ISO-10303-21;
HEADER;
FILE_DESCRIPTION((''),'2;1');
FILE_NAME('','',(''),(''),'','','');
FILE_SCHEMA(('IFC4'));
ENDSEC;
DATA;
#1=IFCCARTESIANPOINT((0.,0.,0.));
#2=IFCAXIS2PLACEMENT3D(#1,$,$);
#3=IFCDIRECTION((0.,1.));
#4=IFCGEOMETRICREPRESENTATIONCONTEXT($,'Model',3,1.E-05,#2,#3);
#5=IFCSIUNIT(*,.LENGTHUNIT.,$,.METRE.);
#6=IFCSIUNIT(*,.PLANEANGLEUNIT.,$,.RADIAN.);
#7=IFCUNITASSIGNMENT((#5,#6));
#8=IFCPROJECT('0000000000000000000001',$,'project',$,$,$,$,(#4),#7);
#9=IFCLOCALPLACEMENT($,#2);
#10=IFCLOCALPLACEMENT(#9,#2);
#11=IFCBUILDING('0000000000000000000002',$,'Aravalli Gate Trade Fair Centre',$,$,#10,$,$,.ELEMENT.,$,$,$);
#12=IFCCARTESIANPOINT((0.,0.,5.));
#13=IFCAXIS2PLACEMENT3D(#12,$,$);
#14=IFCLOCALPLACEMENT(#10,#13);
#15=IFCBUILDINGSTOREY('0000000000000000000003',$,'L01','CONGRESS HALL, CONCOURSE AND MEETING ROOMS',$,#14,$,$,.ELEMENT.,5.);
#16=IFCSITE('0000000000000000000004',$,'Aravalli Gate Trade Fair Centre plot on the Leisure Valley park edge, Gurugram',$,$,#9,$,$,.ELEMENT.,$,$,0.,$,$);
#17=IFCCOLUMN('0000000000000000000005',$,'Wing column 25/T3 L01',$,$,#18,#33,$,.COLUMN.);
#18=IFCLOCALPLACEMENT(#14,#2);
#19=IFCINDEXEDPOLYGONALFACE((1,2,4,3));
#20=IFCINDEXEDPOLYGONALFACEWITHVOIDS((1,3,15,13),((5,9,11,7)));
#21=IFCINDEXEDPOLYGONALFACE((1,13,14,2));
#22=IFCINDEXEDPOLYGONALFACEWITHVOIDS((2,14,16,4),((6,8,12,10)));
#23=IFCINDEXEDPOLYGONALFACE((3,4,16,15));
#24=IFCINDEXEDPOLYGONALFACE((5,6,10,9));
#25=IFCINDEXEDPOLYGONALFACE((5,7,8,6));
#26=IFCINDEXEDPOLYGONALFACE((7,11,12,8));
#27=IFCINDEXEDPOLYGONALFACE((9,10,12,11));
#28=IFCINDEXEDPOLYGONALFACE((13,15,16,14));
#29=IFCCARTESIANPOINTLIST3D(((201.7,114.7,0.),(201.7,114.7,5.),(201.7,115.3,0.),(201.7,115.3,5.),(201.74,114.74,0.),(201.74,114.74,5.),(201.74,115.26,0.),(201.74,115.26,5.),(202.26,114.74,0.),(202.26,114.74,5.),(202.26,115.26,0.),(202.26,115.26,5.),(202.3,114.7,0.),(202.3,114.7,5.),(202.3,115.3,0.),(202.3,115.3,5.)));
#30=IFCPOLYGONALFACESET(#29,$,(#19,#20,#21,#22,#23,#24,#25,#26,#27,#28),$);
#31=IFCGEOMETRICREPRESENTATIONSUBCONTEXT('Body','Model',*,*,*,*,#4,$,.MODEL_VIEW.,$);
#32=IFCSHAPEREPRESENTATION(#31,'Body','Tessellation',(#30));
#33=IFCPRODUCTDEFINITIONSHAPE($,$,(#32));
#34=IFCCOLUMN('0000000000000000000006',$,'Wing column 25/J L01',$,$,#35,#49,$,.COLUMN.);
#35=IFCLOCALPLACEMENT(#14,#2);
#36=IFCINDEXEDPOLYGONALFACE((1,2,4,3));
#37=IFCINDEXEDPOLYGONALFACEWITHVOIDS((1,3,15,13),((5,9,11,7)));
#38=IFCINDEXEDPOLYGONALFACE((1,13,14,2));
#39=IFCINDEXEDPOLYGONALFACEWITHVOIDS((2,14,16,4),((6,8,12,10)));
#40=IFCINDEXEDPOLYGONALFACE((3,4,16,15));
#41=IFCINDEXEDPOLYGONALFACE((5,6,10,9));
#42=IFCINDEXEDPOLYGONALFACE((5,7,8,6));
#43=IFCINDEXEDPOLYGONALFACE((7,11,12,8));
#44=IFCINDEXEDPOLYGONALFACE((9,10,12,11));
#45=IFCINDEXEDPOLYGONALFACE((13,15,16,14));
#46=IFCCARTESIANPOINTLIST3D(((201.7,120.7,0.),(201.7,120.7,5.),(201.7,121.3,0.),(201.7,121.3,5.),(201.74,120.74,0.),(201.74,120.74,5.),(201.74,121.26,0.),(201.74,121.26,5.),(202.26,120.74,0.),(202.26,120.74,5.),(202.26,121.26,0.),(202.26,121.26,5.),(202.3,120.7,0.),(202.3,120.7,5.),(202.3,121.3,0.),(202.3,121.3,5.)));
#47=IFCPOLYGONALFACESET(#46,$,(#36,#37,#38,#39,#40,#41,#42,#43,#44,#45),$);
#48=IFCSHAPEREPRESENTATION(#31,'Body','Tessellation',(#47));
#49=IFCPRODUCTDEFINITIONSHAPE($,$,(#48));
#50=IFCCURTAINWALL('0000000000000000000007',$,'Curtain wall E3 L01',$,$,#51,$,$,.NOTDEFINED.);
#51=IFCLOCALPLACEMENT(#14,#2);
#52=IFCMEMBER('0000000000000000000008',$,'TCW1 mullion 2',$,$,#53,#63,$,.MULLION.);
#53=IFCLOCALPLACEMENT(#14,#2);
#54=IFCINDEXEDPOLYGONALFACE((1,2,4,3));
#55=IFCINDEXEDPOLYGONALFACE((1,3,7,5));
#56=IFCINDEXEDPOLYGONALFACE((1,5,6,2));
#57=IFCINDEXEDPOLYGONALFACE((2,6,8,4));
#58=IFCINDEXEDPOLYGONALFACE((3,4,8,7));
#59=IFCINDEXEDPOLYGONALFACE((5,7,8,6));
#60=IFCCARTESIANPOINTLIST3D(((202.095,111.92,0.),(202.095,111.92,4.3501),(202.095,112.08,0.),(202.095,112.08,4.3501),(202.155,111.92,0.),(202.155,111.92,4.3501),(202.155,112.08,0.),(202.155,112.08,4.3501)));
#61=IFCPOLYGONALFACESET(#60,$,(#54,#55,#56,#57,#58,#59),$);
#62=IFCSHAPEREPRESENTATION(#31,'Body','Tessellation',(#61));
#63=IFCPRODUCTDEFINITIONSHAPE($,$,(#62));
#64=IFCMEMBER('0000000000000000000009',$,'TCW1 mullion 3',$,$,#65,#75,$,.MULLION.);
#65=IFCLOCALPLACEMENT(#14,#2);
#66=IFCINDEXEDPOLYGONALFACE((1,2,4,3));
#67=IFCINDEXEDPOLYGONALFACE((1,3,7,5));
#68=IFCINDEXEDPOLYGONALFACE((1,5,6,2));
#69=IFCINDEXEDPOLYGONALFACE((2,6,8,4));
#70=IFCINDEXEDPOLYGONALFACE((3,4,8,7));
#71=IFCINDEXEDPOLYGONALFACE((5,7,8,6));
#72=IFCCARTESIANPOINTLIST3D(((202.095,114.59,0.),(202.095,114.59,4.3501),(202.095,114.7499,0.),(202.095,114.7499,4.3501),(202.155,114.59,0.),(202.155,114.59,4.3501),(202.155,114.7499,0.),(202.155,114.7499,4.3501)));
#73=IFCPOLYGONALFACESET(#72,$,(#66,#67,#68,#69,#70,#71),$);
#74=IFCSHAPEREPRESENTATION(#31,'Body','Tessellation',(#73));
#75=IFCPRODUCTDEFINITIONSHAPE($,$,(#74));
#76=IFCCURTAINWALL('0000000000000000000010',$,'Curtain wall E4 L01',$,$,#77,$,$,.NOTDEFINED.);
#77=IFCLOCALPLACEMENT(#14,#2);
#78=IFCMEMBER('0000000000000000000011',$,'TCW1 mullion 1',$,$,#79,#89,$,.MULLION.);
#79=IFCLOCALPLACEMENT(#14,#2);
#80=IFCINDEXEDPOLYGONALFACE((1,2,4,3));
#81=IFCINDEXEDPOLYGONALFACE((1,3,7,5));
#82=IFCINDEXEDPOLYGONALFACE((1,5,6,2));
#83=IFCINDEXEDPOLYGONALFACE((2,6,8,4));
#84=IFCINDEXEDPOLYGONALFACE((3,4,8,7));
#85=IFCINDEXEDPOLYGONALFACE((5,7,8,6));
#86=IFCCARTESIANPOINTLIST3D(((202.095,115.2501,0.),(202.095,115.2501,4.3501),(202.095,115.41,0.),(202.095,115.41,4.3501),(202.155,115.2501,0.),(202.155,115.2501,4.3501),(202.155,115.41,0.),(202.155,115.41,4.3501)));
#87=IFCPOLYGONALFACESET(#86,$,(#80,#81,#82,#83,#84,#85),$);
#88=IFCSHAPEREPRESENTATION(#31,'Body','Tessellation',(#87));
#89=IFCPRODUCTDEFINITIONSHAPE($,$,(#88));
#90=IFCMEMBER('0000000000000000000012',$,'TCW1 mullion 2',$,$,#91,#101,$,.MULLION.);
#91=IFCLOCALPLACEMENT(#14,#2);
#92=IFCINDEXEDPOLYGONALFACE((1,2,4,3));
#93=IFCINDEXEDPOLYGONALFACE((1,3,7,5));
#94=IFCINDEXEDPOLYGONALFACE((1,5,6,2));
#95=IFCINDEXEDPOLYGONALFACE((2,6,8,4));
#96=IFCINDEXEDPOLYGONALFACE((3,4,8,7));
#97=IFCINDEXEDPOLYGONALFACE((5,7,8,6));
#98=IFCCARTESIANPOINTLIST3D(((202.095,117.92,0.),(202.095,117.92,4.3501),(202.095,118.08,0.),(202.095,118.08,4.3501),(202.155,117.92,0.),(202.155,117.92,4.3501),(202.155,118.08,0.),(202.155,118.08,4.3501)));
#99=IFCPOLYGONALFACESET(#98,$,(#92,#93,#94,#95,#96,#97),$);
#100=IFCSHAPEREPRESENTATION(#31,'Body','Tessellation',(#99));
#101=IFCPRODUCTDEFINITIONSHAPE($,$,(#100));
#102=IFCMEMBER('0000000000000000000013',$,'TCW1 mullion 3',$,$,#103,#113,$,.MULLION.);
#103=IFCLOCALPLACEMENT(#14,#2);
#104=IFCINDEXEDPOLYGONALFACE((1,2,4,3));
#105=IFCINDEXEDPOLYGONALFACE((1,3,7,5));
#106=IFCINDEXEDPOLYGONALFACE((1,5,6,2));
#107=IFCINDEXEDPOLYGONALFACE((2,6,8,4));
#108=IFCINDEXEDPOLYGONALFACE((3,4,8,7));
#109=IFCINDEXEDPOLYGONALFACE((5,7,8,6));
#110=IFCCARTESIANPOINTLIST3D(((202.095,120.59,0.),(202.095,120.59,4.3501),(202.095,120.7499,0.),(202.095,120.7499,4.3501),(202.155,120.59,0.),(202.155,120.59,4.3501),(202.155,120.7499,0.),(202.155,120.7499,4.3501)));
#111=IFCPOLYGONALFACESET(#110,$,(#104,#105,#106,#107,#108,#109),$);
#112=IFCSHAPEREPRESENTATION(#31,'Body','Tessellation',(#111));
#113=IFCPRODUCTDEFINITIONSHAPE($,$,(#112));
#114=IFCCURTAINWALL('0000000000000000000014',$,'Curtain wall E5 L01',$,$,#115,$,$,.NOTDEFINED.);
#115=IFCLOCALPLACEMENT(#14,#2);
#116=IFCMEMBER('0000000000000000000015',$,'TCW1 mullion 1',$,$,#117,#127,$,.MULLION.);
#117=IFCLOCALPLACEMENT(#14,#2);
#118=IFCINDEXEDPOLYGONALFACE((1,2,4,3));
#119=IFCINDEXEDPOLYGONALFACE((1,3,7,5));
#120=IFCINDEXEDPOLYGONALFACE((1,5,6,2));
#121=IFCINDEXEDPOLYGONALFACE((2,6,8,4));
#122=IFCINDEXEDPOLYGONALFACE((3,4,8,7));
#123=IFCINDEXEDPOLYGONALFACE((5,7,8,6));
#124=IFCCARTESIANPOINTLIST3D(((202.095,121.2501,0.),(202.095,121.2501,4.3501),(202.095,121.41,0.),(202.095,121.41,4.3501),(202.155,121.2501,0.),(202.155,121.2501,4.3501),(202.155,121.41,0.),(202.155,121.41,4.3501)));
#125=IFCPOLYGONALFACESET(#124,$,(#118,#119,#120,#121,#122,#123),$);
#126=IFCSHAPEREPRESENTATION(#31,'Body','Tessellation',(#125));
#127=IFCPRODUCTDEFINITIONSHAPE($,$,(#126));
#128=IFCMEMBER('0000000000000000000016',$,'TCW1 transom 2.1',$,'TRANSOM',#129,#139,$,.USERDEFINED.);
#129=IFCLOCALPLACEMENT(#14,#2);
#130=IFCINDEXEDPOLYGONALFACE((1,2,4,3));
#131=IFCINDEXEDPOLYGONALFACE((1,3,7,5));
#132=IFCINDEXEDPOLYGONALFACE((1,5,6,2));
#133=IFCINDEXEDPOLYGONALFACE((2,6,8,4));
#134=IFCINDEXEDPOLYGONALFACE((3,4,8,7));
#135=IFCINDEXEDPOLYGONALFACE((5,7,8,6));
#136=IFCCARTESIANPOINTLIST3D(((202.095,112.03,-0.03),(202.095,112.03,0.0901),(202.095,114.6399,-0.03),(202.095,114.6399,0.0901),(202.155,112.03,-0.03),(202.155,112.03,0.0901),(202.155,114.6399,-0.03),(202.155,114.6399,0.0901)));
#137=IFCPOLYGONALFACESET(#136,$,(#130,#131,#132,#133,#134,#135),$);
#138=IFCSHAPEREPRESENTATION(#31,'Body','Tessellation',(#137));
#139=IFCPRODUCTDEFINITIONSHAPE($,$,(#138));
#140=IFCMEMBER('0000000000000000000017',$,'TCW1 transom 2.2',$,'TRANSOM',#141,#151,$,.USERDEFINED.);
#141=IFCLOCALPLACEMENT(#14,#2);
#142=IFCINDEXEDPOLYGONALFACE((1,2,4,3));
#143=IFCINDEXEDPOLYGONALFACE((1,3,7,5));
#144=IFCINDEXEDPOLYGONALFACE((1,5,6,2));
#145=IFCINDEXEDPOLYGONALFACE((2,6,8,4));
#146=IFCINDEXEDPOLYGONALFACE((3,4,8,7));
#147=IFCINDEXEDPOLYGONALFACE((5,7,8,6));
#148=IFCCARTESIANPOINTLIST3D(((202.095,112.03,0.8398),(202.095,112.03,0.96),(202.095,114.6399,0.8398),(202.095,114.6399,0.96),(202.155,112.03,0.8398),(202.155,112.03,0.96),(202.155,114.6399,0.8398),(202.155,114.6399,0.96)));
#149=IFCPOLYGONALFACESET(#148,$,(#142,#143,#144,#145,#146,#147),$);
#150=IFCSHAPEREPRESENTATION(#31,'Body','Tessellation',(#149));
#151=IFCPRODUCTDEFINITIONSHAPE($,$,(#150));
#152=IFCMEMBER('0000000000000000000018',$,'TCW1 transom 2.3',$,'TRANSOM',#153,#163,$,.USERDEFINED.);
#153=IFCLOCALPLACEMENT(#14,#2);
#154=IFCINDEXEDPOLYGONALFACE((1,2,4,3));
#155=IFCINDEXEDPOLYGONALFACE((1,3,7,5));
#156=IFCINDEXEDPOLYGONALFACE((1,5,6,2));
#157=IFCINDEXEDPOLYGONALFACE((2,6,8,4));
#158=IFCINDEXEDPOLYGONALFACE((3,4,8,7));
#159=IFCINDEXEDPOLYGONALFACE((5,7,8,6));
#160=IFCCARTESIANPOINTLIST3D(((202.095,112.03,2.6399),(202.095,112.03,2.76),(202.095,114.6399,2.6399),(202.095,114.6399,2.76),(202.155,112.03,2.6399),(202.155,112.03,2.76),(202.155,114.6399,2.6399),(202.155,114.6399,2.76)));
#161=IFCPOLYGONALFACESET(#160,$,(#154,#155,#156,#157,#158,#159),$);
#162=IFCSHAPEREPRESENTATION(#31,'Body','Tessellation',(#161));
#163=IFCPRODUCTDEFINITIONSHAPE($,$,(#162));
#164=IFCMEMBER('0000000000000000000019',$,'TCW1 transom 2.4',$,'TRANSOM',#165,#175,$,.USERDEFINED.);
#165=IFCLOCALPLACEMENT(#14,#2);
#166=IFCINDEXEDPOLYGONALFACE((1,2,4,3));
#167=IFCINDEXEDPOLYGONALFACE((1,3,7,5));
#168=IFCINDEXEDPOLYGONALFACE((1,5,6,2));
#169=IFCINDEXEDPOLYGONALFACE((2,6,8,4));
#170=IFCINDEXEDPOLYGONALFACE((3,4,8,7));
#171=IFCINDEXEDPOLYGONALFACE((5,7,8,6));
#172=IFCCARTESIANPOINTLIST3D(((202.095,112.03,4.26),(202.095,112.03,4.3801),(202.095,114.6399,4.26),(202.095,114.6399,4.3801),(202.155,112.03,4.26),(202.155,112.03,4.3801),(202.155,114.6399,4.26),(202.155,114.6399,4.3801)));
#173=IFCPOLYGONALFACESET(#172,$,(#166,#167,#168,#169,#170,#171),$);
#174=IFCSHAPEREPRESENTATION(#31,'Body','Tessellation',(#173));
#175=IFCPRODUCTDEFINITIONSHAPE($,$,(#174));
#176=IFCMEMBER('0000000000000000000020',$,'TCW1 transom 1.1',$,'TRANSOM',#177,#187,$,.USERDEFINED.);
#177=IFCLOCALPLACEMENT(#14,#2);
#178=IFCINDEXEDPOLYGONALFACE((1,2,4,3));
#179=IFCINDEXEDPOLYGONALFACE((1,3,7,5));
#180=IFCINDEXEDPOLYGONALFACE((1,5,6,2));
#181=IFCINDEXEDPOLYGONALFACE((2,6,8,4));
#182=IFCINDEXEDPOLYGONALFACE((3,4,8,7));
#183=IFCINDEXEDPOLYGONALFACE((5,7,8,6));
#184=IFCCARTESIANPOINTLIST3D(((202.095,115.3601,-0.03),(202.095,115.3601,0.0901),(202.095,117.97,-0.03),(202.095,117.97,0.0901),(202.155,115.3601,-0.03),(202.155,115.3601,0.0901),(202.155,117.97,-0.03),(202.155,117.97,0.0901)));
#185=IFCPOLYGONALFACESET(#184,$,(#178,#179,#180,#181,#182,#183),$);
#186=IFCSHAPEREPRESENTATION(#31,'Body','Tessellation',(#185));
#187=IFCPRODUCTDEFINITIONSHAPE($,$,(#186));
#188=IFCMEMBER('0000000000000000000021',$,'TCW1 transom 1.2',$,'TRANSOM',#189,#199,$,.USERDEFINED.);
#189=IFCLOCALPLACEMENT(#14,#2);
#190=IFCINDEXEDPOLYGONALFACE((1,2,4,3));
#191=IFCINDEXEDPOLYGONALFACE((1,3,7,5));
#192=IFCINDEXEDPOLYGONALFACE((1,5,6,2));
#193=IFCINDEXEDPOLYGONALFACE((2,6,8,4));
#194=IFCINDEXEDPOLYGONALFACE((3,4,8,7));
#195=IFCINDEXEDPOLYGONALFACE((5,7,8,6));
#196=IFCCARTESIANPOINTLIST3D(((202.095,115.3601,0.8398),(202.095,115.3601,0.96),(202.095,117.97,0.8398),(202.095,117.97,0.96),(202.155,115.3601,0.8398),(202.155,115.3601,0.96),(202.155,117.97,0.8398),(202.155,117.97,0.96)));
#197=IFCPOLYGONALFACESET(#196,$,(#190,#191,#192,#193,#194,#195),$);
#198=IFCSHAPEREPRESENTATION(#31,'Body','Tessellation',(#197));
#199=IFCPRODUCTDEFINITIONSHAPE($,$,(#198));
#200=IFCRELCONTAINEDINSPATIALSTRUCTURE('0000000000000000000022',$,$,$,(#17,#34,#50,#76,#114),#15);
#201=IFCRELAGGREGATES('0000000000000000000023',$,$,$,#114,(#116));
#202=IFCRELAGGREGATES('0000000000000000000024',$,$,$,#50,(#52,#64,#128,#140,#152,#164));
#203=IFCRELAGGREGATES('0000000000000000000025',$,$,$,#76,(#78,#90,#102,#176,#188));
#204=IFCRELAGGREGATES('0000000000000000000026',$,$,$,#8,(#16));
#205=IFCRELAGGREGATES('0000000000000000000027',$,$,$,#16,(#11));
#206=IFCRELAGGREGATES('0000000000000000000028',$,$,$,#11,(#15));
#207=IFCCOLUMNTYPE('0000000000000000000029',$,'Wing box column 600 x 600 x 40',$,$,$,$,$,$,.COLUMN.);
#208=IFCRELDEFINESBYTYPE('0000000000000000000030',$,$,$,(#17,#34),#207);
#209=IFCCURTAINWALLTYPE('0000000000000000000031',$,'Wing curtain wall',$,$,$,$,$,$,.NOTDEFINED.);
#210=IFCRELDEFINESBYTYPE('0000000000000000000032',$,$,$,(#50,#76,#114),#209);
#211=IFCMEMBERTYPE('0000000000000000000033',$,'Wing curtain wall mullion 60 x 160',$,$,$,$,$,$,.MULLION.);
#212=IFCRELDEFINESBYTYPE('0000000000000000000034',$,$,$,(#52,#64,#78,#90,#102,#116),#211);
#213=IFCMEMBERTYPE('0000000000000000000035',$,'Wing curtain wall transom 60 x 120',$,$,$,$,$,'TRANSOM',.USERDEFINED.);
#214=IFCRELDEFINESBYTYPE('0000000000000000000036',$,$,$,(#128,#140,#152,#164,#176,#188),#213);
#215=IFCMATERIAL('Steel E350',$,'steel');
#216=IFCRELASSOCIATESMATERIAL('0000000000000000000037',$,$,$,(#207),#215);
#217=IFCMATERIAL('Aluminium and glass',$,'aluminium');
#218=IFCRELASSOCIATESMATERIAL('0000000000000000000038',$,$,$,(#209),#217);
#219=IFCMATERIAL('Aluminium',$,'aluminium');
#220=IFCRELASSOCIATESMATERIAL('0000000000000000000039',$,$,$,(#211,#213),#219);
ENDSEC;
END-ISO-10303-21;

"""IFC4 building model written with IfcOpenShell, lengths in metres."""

from ifc_helpers import new_model, si_unit, direction, frame, origin, origin_2d, place, context, subcontext, project, spatial, rectangle, hollow_rectangle, extrude, material, material_profile, profile_set, type_object, element, aggregate, save


model = new_model("IFC4")

# Units and contexts
model_context = context("Model", 3, precision=1e-05, world=origin(), true_north=direction((0.0, 1.0)))
body_context = subcontext(model_context, "Body", "Model", "MODEL_VIEW")
ifc_project = project(units=[si_unit("LENGTHUNIT", "METRE"), si_unit("PLANEANGLEUNIT", "RADIAN")], contexts=[model_context])

# Site, building, storey
site_placement = place(None, origin())
site = spatial("IfcSite", under=ifc_project, at=site_placement, Name="Aravalli Gate Trade Fair Centre plot on the Leisure Valley park edge, Gurugram", CompositionType="ELEMENT", RefElevation=0.0)
building_placement = place(site_placement, origin())
building = spatial("IfcBuilding", under=site, at=building_placement, Name="Aravalli Gate Trade Fair Centre", CompositionType="ELEMENT")
storey_placement = place(building_placement, frame((0.0, 0.0, 5.0)))
storey = spatial("IfcBuildingStorey", under=building, at=storey_placement, Name="L01", Description="CONGRESS HALL, CONCOURSE AND MEETING ROOMS", CompositionType="ELEMENT", Elevation=5.0)

# Columns
ifc_material_1 = material(Name="Steel E350", Category="steel")
ifc_material_profile_1 = material_profile(ifc_material_1, hollow_rectangle(XDim=0.6001, YDim=0.6001, WallThickness=0.04, at=origin_2d()), Name="BOX 600x600x40")
ifc_profile_set_1 = profile_set([ifc_material_profile_1], Name="Steel E350")
column_type = type_object("IfcColumnType", Name="Wing box column 600 x 600 x 40", PredefinedType="COLUMN", material=ifc_profile_set_1)
for number, where, z_axis, x_axis, name in (
    (1, (202.0, 115.0, 0.0), (0.0, 0.0, 1.0), (1.0, 0.0, 0.0), "Wing column 25/T3 L01"),
    (2, (202.0, 121.0, 0.0), (0.0, 0.0, 1.0), (1.0, 0.0, 0.0), "Wing column 25/J L01"),
):
    element("IfcColumn", number, at=place(storey_placement, frame(where, z_axis=z_axis, x_axis=x_axis)), inside=storey, type_object=column_type, Name=name, PredefinedType="COLUMN", context=body_context, shape_type="SweptSolid", body=[
        extrude(hollow_rectangle(XDim=0.6001, YDim=0.6001, WallThickness=0.04, at=origin_2d()), origin(), (0.0, 0.0, 1.0), 5.0),
    ])

# Curtain walls, members
ifc_material_2 = material(Name="Aluminium and glass", Category="aluminium")
curtain_wall_type = type_object("IfcCurtainWallType", Name="Wing curtain wall", PredefinedType="NOTDEFINED", material=ifc_material_2)
curtain_wall_1_placement = place(storey_placement, origin())
curtain_wall_1 = element("IfcCurtainWall", 3, at=curtain_wall_1_placement, inside=storey, type_object=curtain_wall_type, Name="Curtain wall E3 L01", PredefinedType="NOTDEFINED")
ifc_material_3 = material(Name="Aluminium", Category="aluminium")
ifc_material_profile_2 = material_profile(ifc_material_3, rectangle(XDim=0.0601, YDim=0.1599, at=origin_2d()), Name="Wing curtain wall mullion 60 x 160")
ifc_profile_set_2 = profile_set([ifc_material_profile_2], Name="Aluminium")
member_type_1 = type_object("IfcMemberType", Name="Wing curtain wall mullion 60 x 160", PredefinedType="MULLION", material=ifc_profile_set_2)
member_1_placement = place(storey_placement, frame((202.125, 112.0, 0.0), z_axis=(0.0, 0.0, 1.0), x_axis=(-1.0, 0.0, 0.0)))
member_1 = element("IfcMember", 4, at=member_1_placement, type_object=member_type_1, Name="TCW1 mullion 2", PredefinedType="MULLION", context=body_context, shape_type="SweptSolid", body=[
    extrude(rectangle(XDim=0.0601, YDim=0.1599, at=origin_2d()), origin(), (0.0, 0.0, 1.0), 4.3501),
])
member_2_placement = place(storey_placement, frame((202.125, 114.6699, 0.0), z_axis=(0.0, 0.0, 1.0), x_axis=(-1.0, 0.0, 0.0)))
member_2 = element("IfcMember", 5, at=member_2_placement, type_object=member_type_1, Name="TCW1 mullion 3", PredefinedType="MULLION", context=body_context, shape_type="SweptSolid", body=[
    extrude(rectangle(XDim=0.0601, YDim=0.1599, at=origin_2d()), origin(), (0.0, 0.0, 1.0), 4.3501),
])
curtain_wall_2_placement = place(storey_placement, origin())
curtain_wall_2 = element("IfcCurtainWall", 6, at=curtain_wall_2_placement, inside=storey, type_object=curtain_wall_type, Name="Curtain wall E4 L01", PredefinedType="NOTDEFINED")
member_3_placement = place(storey_placement, frame((202.125, 115.3301, 0.0), z_axis=(0.0, 0.0, 1.0), x_axis=(-1.0, 0.0, 0.0)))
member_3 = element("IfcMember", 7, at=member_3_placement, type_object=member_type_1, Name="TCW1 mullion 1", PredefinedType="MULLION", context=body_context, shape_type="SweptSolid", body=[
    extrude(rectangle(XDim=0.0601, YDim=0.1599, at=origin_2d()), origin(), (0.0, 0.0, 1.0), 4.3501),
])
member_4_placement = place(storey_placement, frame((202.125, 118.0, 0.0), z_axis=(0.0, 0.0, 1.0), x_axis=(-1.0, 0.0, 0.0)))
member_4 = element("IfcMember", 8, at=member_4_placement, type_object=member_type_1, Name="TCW1 mullion 2", PredefinedType="MULLION", context=body_context, shape_type="SweptSolid", body=[
    extrude(rectangle(XDim=0.0601, YDim=0.1599, at=origin_2d()), origin(), (0.0, 0.0, 1.0), 4.3501),
])
member_5_placement = place(storey_placement, frame((202.125, 120.6699, 0.0), z_axis=(0.0, 0.0, 1.0), x_axis=(-1.0, 0.0, 0.0)))
member_5 = element("IfcMember", 9, at=member_5_placement, type_object=member_type_1, Name="TCW1 mullion 3", PredefinedType="MULLION", context=body_context, shape_type="SweptSolid", body=[
    extrude(rectangle(XDim=0.0601, YDim=0.1599, at=origin_2d()), origin(), (0.0, 0.0, 1.0), 4.3501),
])

# Curtain wall, member
curtain_wall_3_placement = place(storey_placement, origin())
curtain_wall_3 = element("IfcCurtainWall", 10, at=curtain_wall_3_placement, inside=storey, type_object=curtain_wall_type, Name="Curtain wall E5 L01", PredefinedType="NOTDEFINED")
member_6_placement = place(storey_placement, frame((202.125, 121.3301, 0.0), z_axis=(0.0, 0.0, 1.0), x_axis=(-1.0, 0.0, 0.0)))
member_6 = element("IfcMember", 11, at=member_6_placement, type_object=member_type_1, Name="TCW1 mullion 1", PredefinedType="MULLION", context=body_context, shape_type="SweptSolid", body=[
    extrude(rectangle(XDim=0.0601, YDim=0.1599, at=origin_2d()), origin(), (0.0, 0.0, 1.0), 4.3501),
])
aggregate(curtain_wall_3, [member_6])

# Members
ifc_material_profile_3 = material_profile(ifc_material_3, rectangle(XDim=0.0601, YDim=0.1201, at=origin_2d()), Name="Wing curtain wall transom 60 x 120")
ifc_profile_set_3 = profile_set([ifc_material_profile_3], Name="Aluminium")
member_type_2 = type_object("IfcMemberType", Name="Wing curtain wall transom 60 x 120", ElementType="TRANSOM", PredefinedType="USERDEFINED", material=ifc_profile_set_3)
member_7_placement = place(storey_placement, frame((202.125, 112.03, 0.03), z_axis=(0.0, 1.0, 0.0), x_axis=(-1.0, 0.0, 0.0)))
member_7 = element("IfcMember", 12, at=member_7_placement, type_object=member_type_2, Name="TCW1 transom 2.1", ObjectType="TRANSOM", PredefinedType="USERDEFINED", context=body_context, shape_type="SweptSolid", body=[
    extrude(rectangle(XDim=0.0601, YDim=0.1201, at=origin_2d()), origin(), (0.0, 0.0, 1.0), 2.6099),
])
member_8_placement = place(storey_placement, frame((202.125, 112.03, 0.8999), z_axis=(0.0, 1.0, 0.0), x_axis=(-1.0, 0.0, 0.0)))
member_8 = element("IfcMember", 13, at=member_8_placement, type_object=member_type_2, Name="TCW1 transom 2.2", ObjectType="TRANSOM", PredefinedType="USERDEFINED", context=body_context, shape_type="SweptSolid", body=[
    extrude(rectangle(XDim=0.0601, YDim=0.1201, at=origin_2d()), origin(), (0.0, 0.0, 1.0), 2.6099),
])
member_9_placement = place(storey_placement, frame((202.125, 112.03, 2.7), z_axis=(0.0, 1.0, 0.0), x_axis=(-1.0, 0.0, 0.0)))
member_9 = element("IfcMember", 14, at=member_9_placement, type_object=member_type_2, Name="TCW1 transom 2.3", ObjectType="TRANSOM", PredefinedType="USERDEFINED", context=body_context, shape_type="SweptSolid", body=[
    extrude(rectangle(XDim=0.0601, YDim=0.1201, at=origin_2d()), origin(), (0.0, 0.0, 1.0), 2.6099),
])
member_10_placement = place(storey_placement, frame((202.125, 112.03, 4.3201), z_axis=(0.0, 1.0, 0.0), x_axis=(-1.0, 0.0, 0.0)))
member_10 = element("IfcMember", 15, at=member_10_placement, type_object=member_type_2, Name="TCW1 transom 2.4", ObjectType="TRANSOM", PredefinedType="USERDEFINED", context=body_context, shape_type="SweptSolid", body=[
    extrude(rectangle(XDim=0.0601, YDim=0.1201, at=origin_2d()), origin(), (0.0, 0.0, 1.0), 2.6099),
])
member_11_placement = place(storey_placement, frame((202.125, 115.3601, 0.03), z_axis=(0.0, 1.0, 0.0), x_axis=(-1.0, 0.0, 0.0)))
member_11 = element("IfcMember", 16, at=member_11_placement, type_object=member_type_2, Name="TCW1 transom 1.1", ObjectType="TRANSOM", PredefinedType="USERDEFINED", context=body_context, shape_type="SweptSolid", body=[
    extrude(rectangle(XDim=0.0601, YDim=0.1201, at=origin_2d()), origin(), (0.0, 0.0, 1.0), 2.6099),
])
member_12_placement = place(storey_placement, frame((202.125, 115.3601, 0.8999), z_axis=(0.0, 1.0, 0.0), x_axis=(-1.0, 0.0, 0.0)))
member_12 = element("IfcMember", 17, at=member_12_placement, type_object=member_type_2, Name="TCW1 transom 1.2", ObjectType="TRANSOM", PredefinedType="USERDEFINED", context=body_context, shape_type="SweptSolid", body=[
    extrude(rectangle(XDim=0.0601, YDim=0.1201, at=origin_2d()), origin(), (0.0, 0.0, 1.0), 2.6099),
])

aggregate(curtain_wall_1, [member_1, member_2, member_7, member_8, member_9, member_10])
aggregate(curtain_wall_2, [member_3, member_4, member_5, member_11, member_12])

save(model, "model.ifc")
